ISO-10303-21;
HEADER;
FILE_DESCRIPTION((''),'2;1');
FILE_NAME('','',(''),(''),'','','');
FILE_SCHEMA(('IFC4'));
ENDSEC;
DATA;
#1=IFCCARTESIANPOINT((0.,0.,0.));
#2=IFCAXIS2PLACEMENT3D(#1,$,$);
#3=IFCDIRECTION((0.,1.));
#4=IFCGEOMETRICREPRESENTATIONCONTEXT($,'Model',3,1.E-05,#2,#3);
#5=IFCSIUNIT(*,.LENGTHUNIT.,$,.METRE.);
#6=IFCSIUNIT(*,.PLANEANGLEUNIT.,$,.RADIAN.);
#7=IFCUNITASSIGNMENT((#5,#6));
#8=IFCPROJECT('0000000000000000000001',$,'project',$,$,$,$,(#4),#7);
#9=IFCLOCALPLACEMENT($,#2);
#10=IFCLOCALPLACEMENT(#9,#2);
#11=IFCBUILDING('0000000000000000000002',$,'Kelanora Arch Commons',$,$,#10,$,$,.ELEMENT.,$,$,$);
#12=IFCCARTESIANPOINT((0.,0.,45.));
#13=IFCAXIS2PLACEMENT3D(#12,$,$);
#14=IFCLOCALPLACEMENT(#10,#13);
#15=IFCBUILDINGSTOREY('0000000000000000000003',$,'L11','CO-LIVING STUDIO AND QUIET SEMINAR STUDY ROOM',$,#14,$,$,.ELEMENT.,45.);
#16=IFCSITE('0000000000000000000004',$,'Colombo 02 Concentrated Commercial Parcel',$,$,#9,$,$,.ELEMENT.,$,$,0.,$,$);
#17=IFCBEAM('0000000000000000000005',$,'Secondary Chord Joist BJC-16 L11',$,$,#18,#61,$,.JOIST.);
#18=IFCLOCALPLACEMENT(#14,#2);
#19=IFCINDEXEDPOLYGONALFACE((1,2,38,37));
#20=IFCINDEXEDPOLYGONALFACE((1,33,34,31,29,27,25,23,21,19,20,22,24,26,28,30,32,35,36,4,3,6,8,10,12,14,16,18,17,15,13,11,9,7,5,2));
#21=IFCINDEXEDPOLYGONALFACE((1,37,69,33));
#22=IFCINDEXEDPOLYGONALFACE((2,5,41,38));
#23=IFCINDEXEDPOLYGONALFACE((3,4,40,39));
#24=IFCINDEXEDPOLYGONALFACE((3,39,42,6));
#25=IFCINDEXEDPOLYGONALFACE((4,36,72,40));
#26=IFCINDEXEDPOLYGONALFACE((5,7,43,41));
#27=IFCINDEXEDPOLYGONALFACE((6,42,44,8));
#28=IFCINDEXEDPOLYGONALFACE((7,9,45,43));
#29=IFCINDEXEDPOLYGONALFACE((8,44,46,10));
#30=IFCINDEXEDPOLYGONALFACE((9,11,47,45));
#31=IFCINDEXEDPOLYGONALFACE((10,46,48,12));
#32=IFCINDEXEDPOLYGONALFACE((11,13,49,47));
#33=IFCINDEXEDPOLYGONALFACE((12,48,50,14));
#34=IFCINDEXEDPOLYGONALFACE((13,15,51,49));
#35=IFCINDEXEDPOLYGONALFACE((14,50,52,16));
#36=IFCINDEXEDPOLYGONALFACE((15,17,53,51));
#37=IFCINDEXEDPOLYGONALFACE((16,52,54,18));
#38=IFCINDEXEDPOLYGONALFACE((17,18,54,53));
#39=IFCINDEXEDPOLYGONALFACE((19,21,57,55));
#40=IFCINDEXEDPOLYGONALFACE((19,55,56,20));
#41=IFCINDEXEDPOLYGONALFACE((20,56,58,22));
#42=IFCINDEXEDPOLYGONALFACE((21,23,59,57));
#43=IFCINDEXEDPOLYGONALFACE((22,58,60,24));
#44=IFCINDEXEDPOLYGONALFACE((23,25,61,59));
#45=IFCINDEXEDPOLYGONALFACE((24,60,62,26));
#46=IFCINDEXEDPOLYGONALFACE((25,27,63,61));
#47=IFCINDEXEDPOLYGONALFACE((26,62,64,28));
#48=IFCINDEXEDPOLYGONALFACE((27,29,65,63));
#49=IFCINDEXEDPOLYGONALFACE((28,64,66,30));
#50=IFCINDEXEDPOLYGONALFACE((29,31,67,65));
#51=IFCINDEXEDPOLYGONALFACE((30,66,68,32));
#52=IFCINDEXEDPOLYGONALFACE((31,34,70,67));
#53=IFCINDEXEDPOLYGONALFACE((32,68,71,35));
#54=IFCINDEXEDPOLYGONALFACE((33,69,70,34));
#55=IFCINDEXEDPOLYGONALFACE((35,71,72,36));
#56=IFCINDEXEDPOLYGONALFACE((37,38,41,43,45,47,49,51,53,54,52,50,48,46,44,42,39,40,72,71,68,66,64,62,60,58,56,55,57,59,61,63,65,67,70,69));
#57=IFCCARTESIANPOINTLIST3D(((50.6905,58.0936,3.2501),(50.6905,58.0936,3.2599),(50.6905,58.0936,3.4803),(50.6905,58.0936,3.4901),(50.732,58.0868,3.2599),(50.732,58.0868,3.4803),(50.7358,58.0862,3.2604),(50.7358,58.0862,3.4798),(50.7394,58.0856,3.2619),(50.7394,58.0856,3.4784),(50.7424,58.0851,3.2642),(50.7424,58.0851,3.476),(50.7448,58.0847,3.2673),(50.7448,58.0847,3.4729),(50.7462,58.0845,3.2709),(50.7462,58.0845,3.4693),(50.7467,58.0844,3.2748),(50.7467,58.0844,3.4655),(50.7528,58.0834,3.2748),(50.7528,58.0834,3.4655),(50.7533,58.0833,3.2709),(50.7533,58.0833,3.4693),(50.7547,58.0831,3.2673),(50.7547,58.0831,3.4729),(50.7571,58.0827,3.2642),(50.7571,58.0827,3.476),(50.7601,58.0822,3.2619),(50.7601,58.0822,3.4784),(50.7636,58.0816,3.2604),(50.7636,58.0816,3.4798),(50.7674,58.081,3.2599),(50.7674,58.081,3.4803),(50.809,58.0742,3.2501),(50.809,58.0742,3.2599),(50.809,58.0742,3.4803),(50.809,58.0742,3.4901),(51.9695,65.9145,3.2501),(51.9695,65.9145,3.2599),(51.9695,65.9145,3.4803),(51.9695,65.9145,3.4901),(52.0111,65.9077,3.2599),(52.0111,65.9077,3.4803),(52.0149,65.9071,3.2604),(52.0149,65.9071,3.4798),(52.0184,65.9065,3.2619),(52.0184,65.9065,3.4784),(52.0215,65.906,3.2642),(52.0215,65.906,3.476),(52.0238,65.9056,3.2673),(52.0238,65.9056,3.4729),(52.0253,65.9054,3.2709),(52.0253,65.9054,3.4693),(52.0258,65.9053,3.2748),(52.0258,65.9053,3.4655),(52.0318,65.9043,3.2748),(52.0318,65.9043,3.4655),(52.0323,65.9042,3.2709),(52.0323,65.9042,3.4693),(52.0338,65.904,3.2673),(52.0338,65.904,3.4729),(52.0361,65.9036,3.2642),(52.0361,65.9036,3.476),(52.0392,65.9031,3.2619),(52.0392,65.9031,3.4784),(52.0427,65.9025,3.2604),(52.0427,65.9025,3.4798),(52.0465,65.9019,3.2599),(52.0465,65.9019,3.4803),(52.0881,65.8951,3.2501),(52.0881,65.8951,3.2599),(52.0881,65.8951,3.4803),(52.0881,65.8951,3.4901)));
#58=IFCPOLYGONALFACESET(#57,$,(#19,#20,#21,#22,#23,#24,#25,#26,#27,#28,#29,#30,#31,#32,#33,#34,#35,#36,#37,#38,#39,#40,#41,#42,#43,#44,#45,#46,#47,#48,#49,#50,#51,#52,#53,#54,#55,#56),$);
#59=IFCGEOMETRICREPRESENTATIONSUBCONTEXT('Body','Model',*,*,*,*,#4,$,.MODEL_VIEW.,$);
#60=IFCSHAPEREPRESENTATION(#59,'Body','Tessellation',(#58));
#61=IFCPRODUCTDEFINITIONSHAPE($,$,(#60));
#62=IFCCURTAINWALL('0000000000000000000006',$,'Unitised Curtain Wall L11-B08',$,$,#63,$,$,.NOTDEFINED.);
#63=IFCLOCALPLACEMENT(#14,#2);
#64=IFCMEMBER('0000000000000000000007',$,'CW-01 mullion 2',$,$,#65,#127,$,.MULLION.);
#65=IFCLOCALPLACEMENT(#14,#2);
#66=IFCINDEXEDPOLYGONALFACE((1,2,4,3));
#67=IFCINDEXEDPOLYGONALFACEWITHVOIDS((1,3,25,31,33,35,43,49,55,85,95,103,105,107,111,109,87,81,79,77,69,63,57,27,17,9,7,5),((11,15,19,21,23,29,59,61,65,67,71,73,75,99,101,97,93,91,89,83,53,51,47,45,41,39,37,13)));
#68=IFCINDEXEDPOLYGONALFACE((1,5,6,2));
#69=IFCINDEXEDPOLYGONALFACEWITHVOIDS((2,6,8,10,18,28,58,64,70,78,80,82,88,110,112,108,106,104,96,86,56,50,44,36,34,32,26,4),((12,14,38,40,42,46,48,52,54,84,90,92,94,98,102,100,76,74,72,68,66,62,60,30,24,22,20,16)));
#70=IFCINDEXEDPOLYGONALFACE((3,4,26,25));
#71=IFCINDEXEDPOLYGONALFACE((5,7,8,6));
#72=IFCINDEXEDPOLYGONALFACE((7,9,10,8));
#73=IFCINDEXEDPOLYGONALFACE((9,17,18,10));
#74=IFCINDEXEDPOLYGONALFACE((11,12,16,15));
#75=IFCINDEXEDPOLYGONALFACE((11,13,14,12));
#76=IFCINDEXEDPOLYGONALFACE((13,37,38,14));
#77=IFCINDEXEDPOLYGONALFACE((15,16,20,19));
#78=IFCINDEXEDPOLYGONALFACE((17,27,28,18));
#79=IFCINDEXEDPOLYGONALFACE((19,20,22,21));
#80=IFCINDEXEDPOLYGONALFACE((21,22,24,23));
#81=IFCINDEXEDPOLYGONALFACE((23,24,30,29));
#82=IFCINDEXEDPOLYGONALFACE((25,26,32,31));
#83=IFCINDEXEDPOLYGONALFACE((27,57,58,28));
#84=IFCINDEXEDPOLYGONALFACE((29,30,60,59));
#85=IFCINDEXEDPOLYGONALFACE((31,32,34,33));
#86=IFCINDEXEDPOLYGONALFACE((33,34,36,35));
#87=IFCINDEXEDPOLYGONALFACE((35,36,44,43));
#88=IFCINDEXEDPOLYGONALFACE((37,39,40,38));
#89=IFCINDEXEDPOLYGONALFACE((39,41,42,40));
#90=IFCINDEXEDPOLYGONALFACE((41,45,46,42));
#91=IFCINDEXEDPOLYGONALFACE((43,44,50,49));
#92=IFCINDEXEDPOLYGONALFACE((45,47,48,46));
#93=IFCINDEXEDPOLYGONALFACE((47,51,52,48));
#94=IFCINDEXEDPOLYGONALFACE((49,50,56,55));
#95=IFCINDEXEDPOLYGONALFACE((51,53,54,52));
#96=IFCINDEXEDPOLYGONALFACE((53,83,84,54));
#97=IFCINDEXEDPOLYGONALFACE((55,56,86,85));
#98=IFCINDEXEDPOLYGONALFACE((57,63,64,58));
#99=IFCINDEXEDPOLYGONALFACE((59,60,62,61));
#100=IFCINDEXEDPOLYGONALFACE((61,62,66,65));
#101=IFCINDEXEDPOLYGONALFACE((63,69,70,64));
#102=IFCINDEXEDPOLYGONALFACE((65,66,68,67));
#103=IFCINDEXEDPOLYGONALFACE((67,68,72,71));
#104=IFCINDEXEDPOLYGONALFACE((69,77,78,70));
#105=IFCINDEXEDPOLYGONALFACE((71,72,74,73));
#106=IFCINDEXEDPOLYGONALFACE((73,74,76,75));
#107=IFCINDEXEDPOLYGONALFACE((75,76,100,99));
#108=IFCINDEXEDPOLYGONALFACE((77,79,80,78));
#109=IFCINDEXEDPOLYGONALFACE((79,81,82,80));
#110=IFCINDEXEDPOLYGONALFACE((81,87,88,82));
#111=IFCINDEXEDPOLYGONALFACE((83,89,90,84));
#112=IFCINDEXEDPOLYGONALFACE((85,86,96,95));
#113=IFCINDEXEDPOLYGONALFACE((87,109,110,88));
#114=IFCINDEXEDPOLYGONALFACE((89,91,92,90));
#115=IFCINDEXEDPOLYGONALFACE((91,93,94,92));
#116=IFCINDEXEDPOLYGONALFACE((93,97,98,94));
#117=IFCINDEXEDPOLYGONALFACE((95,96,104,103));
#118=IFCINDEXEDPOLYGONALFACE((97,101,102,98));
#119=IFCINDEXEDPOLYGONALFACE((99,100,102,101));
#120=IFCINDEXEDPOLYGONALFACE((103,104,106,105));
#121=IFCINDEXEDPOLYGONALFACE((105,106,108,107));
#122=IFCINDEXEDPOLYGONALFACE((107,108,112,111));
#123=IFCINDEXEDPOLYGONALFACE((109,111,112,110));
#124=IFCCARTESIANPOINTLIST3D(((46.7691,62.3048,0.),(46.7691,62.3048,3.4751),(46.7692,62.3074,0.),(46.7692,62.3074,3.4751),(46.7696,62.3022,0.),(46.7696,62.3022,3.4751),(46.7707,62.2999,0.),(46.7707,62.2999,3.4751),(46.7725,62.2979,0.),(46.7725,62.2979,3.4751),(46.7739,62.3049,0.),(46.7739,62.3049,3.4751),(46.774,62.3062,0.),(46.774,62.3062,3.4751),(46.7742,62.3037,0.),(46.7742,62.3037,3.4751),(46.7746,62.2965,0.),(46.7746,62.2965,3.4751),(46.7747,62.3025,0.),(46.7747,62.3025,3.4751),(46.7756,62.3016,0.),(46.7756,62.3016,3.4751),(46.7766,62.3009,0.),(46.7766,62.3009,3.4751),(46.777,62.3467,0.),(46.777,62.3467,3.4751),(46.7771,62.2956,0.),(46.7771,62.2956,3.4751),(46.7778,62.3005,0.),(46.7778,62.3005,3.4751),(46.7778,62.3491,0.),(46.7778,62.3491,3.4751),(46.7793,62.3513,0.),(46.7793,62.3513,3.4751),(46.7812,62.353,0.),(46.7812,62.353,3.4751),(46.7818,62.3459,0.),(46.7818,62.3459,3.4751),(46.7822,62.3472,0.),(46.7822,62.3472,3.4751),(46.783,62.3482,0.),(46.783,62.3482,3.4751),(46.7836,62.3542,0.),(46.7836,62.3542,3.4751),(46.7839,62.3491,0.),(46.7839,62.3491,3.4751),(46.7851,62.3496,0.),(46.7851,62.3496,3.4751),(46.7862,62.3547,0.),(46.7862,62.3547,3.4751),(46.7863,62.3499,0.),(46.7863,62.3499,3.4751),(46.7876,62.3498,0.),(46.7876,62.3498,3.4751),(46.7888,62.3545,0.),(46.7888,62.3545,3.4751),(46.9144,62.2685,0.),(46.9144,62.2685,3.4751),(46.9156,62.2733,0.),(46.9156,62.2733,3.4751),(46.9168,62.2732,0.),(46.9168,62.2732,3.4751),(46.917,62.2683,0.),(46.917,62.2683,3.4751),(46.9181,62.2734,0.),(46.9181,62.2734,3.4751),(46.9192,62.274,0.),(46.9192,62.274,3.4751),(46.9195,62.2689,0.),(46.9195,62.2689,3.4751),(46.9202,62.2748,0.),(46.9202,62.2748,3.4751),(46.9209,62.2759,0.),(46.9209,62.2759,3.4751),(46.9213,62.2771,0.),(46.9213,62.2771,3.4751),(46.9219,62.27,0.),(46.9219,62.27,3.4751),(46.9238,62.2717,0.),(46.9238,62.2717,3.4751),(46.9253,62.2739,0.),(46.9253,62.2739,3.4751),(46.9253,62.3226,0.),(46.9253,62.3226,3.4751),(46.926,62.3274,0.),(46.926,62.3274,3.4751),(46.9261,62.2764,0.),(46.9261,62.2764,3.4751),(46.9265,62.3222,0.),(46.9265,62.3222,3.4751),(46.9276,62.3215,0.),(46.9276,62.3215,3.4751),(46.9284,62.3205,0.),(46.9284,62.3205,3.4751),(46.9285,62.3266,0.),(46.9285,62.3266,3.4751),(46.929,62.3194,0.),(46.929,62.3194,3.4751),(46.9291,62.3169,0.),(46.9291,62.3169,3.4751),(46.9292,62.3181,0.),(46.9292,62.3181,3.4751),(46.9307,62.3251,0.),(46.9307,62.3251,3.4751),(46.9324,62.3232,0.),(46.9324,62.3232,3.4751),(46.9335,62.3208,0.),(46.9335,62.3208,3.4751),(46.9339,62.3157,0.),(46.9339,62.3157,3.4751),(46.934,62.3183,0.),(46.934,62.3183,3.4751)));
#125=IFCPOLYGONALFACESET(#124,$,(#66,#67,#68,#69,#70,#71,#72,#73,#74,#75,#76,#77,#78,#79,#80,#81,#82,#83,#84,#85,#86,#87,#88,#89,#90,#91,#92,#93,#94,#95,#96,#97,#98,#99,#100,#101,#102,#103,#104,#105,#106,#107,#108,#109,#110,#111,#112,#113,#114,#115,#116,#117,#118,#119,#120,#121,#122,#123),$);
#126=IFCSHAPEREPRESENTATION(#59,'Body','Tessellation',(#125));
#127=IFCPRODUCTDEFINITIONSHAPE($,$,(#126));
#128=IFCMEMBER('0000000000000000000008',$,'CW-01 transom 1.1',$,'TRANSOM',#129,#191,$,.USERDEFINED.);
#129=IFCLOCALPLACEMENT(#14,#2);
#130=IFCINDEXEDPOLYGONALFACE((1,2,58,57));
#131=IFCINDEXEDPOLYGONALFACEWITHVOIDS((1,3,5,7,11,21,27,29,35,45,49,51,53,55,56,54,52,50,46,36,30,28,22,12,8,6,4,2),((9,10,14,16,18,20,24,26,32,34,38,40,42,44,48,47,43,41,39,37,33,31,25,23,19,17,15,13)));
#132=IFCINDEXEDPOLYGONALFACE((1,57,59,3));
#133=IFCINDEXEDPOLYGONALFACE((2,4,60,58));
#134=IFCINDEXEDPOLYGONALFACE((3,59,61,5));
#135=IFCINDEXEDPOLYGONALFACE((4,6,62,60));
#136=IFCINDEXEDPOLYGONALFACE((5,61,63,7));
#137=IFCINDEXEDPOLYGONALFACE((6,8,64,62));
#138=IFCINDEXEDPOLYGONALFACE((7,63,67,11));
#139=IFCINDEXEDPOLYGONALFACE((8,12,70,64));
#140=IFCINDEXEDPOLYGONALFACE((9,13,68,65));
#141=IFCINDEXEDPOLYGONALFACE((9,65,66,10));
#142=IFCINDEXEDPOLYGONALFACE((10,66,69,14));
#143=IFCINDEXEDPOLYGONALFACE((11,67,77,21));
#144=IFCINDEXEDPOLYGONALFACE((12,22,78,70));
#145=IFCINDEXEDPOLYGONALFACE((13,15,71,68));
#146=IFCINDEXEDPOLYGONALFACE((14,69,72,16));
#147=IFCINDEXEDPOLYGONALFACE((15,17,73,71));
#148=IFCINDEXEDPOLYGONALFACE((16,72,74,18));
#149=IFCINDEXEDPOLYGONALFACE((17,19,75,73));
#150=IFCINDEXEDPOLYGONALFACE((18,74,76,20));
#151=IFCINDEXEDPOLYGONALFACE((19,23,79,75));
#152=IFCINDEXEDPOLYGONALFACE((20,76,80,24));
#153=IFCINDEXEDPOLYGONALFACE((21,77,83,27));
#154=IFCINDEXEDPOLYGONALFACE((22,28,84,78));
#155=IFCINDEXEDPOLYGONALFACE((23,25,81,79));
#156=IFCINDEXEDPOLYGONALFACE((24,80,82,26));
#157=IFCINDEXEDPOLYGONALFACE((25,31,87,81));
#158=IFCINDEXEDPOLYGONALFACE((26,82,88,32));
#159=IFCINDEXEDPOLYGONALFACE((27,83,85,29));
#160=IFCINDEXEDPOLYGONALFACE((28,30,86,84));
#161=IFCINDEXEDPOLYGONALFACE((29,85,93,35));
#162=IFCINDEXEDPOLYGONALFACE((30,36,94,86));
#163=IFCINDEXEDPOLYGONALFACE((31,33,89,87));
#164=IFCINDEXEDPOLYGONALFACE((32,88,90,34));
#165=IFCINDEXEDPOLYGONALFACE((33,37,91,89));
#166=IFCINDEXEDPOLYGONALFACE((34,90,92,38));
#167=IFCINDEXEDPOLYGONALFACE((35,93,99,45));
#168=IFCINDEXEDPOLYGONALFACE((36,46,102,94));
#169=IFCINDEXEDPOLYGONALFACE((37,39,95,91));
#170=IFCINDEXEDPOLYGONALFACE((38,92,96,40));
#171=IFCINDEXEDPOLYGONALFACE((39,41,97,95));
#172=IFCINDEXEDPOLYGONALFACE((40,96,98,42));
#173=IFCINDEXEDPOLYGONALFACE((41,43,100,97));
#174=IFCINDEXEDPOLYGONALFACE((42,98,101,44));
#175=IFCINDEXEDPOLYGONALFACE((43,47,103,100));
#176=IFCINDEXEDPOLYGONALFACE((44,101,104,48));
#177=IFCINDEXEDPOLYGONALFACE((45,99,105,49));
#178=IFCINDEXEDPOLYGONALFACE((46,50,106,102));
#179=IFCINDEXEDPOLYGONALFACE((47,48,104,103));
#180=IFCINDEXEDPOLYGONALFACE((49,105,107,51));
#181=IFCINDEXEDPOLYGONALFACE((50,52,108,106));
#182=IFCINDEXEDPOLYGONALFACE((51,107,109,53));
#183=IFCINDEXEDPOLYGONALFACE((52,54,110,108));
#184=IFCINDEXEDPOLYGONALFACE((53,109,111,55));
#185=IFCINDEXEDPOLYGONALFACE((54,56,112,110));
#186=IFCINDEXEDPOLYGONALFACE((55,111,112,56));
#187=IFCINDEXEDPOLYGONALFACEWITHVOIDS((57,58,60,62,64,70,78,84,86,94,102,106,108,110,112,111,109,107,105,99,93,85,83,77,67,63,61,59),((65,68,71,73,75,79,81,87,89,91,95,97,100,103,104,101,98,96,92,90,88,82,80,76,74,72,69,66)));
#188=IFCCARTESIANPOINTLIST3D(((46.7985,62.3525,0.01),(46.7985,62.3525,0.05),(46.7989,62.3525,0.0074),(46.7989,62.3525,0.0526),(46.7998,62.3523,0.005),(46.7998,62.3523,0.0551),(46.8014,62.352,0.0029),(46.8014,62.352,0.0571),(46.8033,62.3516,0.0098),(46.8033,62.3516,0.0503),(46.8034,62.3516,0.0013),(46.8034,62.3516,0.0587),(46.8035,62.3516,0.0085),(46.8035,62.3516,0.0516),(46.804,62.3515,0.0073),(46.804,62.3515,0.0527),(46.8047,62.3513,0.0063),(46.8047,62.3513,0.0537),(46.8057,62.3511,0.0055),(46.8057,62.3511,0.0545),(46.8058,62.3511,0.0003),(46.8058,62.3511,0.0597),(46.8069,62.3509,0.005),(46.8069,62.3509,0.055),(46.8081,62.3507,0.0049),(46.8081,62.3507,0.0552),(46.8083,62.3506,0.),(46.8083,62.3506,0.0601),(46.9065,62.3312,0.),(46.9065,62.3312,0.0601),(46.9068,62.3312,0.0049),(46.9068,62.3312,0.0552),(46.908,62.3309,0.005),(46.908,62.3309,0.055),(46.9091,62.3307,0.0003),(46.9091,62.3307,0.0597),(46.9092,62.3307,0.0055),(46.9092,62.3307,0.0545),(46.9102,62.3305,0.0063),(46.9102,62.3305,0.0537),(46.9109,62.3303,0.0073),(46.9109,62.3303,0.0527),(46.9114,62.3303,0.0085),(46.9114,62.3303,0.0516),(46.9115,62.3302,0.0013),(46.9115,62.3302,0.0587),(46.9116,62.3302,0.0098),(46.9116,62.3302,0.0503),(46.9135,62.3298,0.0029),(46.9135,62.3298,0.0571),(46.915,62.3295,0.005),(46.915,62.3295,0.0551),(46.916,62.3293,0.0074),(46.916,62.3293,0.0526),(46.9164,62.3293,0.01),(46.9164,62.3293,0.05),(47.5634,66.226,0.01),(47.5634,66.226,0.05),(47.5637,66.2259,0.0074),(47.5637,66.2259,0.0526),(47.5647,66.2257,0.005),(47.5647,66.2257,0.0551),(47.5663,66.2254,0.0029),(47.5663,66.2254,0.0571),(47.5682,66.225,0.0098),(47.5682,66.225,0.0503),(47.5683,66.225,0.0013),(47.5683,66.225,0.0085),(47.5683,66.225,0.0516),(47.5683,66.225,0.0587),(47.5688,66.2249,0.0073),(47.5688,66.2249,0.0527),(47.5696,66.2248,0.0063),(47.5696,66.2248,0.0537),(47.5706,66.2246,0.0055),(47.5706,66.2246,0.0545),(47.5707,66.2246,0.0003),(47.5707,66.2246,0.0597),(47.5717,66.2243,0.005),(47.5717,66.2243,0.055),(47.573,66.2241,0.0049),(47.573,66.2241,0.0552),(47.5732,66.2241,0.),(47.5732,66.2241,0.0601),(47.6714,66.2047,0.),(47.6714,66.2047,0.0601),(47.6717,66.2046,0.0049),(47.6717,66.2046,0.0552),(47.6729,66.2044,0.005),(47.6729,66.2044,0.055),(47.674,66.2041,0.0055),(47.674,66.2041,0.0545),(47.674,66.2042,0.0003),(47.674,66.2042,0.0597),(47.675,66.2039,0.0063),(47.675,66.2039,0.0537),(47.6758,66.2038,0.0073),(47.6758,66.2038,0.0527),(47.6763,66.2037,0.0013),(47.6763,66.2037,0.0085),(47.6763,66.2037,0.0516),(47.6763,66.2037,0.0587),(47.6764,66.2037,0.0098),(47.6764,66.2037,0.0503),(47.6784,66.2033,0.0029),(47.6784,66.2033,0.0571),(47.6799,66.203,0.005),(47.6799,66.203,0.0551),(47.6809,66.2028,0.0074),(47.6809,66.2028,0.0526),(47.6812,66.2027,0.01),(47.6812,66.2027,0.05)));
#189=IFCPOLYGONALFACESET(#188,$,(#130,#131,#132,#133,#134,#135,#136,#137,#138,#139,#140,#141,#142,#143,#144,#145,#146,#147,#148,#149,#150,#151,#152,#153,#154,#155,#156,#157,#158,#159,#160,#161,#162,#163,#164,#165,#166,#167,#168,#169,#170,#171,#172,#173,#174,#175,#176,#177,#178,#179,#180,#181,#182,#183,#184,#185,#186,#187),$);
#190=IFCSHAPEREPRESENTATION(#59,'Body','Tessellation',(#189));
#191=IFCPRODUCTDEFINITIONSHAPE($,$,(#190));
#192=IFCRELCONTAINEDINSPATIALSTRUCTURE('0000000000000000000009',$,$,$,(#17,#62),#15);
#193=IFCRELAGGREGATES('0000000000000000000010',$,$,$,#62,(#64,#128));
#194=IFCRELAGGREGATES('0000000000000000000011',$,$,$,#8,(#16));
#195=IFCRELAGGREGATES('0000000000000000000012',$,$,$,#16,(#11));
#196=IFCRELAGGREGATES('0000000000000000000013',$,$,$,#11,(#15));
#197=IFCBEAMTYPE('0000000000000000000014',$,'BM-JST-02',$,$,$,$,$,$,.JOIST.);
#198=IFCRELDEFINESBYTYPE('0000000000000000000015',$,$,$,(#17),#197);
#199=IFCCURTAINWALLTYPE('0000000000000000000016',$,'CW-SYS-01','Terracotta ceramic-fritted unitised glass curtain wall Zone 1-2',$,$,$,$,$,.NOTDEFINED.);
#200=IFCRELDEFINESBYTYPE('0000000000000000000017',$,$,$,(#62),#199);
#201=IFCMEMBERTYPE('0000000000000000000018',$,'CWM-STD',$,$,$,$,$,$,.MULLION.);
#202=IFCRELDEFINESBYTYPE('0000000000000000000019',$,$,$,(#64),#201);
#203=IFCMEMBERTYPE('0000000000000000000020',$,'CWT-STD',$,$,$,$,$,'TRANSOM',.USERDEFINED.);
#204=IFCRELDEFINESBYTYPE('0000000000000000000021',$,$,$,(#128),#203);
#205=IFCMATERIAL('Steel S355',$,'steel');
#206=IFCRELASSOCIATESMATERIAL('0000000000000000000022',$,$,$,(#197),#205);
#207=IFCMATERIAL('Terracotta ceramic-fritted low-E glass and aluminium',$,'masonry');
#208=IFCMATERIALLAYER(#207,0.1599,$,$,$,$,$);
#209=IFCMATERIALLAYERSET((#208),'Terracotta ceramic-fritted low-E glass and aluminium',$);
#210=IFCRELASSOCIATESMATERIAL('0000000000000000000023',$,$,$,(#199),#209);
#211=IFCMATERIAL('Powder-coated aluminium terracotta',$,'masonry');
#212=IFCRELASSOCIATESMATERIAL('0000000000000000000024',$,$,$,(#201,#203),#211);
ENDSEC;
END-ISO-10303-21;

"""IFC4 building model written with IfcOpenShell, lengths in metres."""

from ifc_helpers import new_model, si_unit, direction, frame, origin, origin_2d, place, context, subcontext, project, spatial, hollow_rectangle, i_section, extrude, material, layer, layer_set, material_profile, profile_set, type_object, element, aggregate, save


model = new_model("IFC4")

# Units and contexts
model_context = context("Model", 3, precision=1e-05, world=origin(), true_north=direction((0.0, 1.0)))
body_context = subcontext(model_context, "Body", "Model", "MODEL_VIEW")
ifc_project = project(units=[si_unit("LENGTHUNIT", "METRE"), si_unit("PLANEANGLEUNIT", "RADIAN")], contexts=[model_context])

# Site, building, storey
site_placement = place(None, origin())
site = spatial("IfcSite", under=ifc_project, at=site_placement, Name="Colombo 02 Concentrated Commercial Parcel", CompositionType="ELEMENT", RefElevation=0.0)
building_placement = place(site_placement, origin())
building = spatial("IfcBuilding", under=site, at=building_placement, Name="Kelanora Arch Commons", CompositionType="ELEMENT")
storey_placement = place(building_placement, frame((0.0, 0.0, 45.0)))
storey = spatial("IfcBuildingStorey", under=building, at=storey_placement, Name="L11", Description="CO-LIVING STUDIO AND QUIET SEMINAR STUDY ROOM", CompositionType="ELEMENT", Elevation=45.0)

# Beam
ifc_material_1 = material(Name="Steel S355", Category="steel")
ifc_material_profile_1 = material_profile(ifc_material_1, i_section(OverallWidth=0.1201, OverallDepth=0.24, WebThickness=0.0061, FlangeThickness=0.0098, FilletRadius=0.0149, at=origin_2d()), Name="IPE240")
ifc_profile_set_1 = profile_set([ifc_material_profile_1], Name="Steel S355")
beam_type_1 = type_object("IfcBeamType", Name="BM-JST-02", PredefinedType="JOIST", material=ifc_profile_set_1)
beam_1_placement = place(storey_placement, frame((52.0288, 65.9048, 3.3701), z_axis=(-0.161401, -0.986889, 0.0), x_axis=(0.986889, -0.161401, 0.0)))
element("IfcBeam", 1, at=beam_1_placement, inside=storey, type_object=beam_type_1, Name="Secondary Chord Joist BJC-16 L11", PredefinedType="JOIST", context=body_context, shape_type="SweptSolid", body=[
    extrude(i_section(OverallWidth=0.1201, OverallDepth=0.24, WebThickness=0.0061, FlangeThickness=0.0098, FilletRadius=0.0149, at=origin_2d()), origin(), (0.0, 0.0, 1.0), 7.9248),
])

# Curtain wall, members
ifc_material_2 = material(Name="Terracotta ceramic-fritted low-E glass and aluminium", Category="masonry")
ifc_layer_1 = layer(ifc_material_2, 0.1599)
ifc_layer_set_1 = layer_set([ifc_layer_1], Name="Terracotta ceramic-fritted low-E glass and aluminium")
curtain_wall_type = type_object("IfcCurtainWallType", Name="CW-SYS-01", Description="Terracotta ceramic-fritted unitised glass curtain wall Zone 1-2", PredefinedType="NOTDEFINED", material=ifc_layer_set_1)
curtain_wall_placement = place(storey_placement, origin())
curtain_wall = element("IfcCurtainWall", 2, at=curtain_wall_placement, inside=storey, type_object=curtain_wall_type, Name="Unitised Curtain Wall L11-B08", PredefinedType="NOTDEFINED")
ifc_material_3 = material(Name="Powder-coated aluminium terracotta", Category="masonry")
ifc_material_profile_2 = material_profile(ifc_material_3, hollow_rectangle(XDim=0.1599, YDim=0.0601, WallThickness=0.0049, InnerFilletRadius=0.0049, OuterFilletRadius=0.01, at=origin_2d()), Name="CWM160x60")
ifc_profile_set_2 = profile_set([ifc_material_profile_2], Name="Powder-coated aluminium terracotta")
member_type_1 = type_object("IfcMemberType", Name="CWM-STD", PredefinedType="MULLION", material=ifc_profile_set_2)
member_1_placement = place(storey_placement, frame((46.8516, 62.3115, 0.0), z_axis=(0.0, 0.0, 1.0), x_axis=(0.981052, -0.193744, 0.0)))
member_1 = element("IfcMember", 3, at=member_1_placement, type_object=member_type_1, Name="CW-01 mullion 2", PredefinedType="MULLION", context=body_context, shape_type="SweptSolid", body=[
    extrude(hollow_rectangle(XDim=0.1599, YDim=0.0601, WallThickness=0.0049, InnerFilletRadius=0.0049, OuterFilletRadius=0.01, at=origin_2d()), origin(), (0.0, 0.0, 1.0), 3.4751),
])
ifc_material_profile_3 = material_profile(ifc_material_3, hollow_rectangle(XDim=0.1201, YDim=0.0601, WallThickness=0.0049, InnerFilletRadius=0.0049, OuterFilletRadius=0.01, at=origin_2d()), Name="CWT120x60")
ifc_profile_set_3 = profile_set([ifc_material_profile_3], Name="Powder-coated aluminium terracotta")
member_type_2 = type_object("IfcMemberType", Name="CWT-STD", ElementType="TRANSOM", PredefinedType="USERDEFINED", material=ifc_profile_set_3)
member_2_placement = place(storey_placement, frame((47.6223, 66.2144, 0.03), z_axis=(-0.193725, -0.981056, 0.0), x_axis=(0.981056, -0.193725, 0.0)))
member_2 = element("IfcMember", 4, at=member_2_placement, type_object=member_type_2, Name="CW-01 transom 1.1", ObjectType="TRANSOM", PredefinedType="USERDEFINED", context=body_context, shape_type="SweptSolid", body=[
    extrude(hollow_rectangle(XDim=0.1201, YDim=0.0601, WallThickness=0.0049, InnerFilletRadius=0.0049, OuterFilletRadius=0.01, at=origin_2d()), origin(), (0.0, 0.0, 1.0), 3.9482),
])
aggregate(curtain_wall, [member_1, member_2])

save(model, "model.ifc")
